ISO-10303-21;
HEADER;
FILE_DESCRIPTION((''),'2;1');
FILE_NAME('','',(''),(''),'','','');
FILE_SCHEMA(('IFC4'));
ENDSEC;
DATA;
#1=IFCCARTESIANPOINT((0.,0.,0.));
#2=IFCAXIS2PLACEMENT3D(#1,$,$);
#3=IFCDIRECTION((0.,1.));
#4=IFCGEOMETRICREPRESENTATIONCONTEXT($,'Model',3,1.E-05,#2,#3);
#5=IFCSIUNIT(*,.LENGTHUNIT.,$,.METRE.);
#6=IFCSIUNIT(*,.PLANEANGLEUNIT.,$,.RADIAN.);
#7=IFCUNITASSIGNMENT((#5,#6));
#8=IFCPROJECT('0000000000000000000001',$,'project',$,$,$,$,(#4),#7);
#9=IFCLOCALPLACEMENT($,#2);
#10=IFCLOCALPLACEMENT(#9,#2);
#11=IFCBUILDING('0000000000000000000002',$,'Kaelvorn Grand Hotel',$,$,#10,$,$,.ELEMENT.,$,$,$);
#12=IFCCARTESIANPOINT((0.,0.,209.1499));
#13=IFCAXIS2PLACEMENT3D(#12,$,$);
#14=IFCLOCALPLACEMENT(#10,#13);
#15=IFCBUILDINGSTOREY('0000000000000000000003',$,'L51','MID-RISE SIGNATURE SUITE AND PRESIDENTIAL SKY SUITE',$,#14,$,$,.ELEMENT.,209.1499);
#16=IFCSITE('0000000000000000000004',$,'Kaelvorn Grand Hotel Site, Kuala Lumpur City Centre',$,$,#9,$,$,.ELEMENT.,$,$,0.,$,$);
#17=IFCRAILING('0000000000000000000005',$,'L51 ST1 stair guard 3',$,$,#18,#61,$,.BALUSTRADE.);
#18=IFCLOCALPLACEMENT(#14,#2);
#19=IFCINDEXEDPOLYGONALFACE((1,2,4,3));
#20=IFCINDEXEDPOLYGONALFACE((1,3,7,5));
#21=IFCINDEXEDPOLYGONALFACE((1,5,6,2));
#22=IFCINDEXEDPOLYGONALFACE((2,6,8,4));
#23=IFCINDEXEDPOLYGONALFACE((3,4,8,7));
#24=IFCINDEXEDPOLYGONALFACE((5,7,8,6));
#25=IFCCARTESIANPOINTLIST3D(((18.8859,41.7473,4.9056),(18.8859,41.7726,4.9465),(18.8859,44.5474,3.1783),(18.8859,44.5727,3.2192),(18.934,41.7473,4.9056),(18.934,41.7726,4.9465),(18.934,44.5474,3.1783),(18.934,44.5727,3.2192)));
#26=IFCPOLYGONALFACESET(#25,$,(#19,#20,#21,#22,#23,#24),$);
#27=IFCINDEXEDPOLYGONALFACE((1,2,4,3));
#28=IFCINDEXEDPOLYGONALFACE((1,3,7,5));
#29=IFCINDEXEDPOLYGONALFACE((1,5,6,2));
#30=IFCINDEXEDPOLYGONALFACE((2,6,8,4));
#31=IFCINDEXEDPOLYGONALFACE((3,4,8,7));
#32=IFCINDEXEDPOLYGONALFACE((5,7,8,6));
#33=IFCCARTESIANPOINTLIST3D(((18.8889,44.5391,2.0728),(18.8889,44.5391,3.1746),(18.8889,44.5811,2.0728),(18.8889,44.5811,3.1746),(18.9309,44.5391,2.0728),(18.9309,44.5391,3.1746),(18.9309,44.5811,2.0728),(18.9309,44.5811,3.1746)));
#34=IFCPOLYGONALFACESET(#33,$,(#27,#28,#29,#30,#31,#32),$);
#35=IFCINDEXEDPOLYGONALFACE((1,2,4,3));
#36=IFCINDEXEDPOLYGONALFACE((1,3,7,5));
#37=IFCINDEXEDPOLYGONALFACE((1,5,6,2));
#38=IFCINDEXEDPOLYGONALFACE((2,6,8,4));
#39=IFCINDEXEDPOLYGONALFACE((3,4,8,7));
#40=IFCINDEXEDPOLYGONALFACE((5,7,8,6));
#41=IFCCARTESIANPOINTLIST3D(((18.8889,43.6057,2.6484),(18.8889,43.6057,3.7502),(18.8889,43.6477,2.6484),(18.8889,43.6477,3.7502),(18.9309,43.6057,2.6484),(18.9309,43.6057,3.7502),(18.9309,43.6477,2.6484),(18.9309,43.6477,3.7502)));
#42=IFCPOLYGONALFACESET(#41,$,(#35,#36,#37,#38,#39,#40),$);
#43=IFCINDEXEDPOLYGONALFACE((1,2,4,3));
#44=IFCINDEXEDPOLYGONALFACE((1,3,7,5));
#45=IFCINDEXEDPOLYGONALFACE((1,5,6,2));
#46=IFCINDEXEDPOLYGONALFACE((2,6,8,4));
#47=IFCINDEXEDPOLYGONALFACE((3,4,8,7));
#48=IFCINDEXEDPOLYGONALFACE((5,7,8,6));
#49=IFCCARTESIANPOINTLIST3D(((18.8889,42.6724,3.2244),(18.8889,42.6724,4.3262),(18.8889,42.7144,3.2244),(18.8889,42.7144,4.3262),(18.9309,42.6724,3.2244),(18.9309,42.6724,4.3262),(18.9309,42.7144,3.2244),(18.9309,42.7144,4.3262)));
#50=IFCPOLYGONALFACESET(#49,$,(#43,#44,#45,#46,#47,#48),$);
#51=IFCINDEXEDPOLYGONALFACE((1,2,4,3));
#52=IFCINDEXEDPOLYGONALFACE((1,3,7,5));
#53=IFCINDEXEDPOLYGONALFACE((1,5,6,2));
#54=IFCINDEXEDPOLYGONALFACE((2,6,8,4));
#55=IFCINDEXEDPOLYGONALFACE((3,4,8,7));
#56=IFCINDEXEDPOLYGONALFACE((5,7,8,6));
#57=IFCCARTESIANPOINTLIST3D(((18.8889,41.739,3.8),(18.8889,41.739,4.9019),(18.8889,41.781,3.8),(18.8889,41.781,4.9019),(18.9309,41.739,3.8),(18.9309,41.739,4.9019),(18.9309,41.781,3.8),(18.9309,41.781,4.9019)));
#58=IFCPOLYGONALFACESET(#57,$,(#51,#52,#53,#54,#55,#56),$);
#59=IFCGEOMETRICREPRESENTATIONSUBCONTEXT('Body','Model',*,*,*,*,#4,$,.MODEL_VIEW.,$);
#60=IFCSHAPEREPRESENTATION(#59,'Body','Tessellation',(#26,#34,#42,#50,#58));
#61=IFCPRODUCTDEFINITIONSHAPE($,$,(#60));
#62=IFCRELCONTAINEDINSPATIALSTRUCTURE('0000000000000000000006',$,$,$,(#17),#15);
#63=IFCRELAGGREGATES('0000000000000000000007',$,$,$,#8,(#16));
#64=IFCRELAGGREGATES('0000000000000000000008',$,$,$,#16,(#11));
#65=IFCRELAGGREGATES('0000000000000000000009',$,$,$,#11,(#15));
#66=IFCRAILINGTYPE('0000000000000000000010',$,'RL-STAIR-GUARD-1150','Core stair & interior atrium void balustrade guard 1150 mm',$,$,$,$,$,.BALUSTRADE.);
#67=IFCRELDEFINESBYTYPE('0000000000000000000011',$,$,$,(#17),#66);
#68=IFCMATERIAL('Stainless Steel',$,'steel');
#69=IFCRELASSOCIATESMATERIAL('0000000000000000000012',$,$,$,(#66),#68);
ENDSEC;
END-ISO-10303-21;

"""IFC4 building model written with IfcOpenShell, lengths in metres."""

from ifc_helpers import new_model, si_unit, direction, frame, origin, origin_2d, place, context, subcontext, project, spatial, rectangle, extrude, material, type_object, element, save


model = new_model("IFC4")

# Units and contexts
model_context = context("Model", 3, precision=1e-05, world=origin(), true_north=direction((0.0, 1.0)))
body_context = subcontext(model_context, "Body", "Model", "MODEL_VIEW")
ifc_project = project(units=[si_unit("LENGTHUNIT", "METRE"), si_unit("PLANEANGLEUNIT", "RADIAN")], contexts=[model_context])

# Site, building, storey
site_placement = place(None, origin())
site = spatial("IfcSite", under=ifc_project, at=site_placement, Name="Kaelvorn Grand Hotel Site, Kuala Lumpur City Centre", CompositionType="ELEMENT", RefElevation=0.0)
building_placement = place(site_placement, origin())
building = spatial("IfcBuilding", under=site, at=building_placement, Name="Kaelvorn Grand Hotel", CompositionType="ELEMENT")
storey_placement = place(building_placement, frame((0.0, 0.0, 209.1499)))
storey = spatial("IfcBuildingStorey", under=building, at=storey_placement, Name="L51", Description="MID-RISE SIGNATURE SUITE AND PRESIDENTIAL SKY SUITE", CompositionType="ELEMENT", Elevation=209.1499)

# Railing
ifc_material_1 = material(Name="Stainless Steel", Category="steel")
railing_type_1 = type_object("IfcRailingType", Name="RL-STAIR-GUARD-1150", Description="Core stair & interior atrium void balustrade guard 1150 mm", PredefinedType="BALUSTRADE", material=ifc_material_1)
railing_1_placement = place(storey_placement, frame((18.9099, 44.5601, 2.0728)))
element("IfcRailing", 1, at=railing_1_placement, inside=storey, type_object=railing_type_1, Name="L51 ST1 stair guard 3", PredefinedType="BALUSTRADE", context=body_context, shape_type="SweptSolid", body=[
    extrude(rectangle(XDim=0.0481, YDim=0.0481, at=origin_2d()), frame((0.0, 0.0, 1.126), z_axis=(0.0, -0.85109, 0.52502), x_axis=(1.0, 0.0, 0.0)), (0.0, 0.0, 1.0), 3.29),
    extrude(rectangle(XDim=0.042, YDim=0.042, at=origin_2d()), origin(), (0.0, 0.0, 1.0), 1.1018),
    extrude(rectangle(XDim=0.042, YDim=0.042, at=origin_2d()), frame((0.0, -0.9333, 0.5757)), (0.0, 0.0, 1.0), 1.1018),
    extrude(rectangle(XDim=0.042, YDim=0.042, at=origin_2d()), frame((0.0, -1.8667, 1.1516)), (0.0, 0.0, 1.0), 1.1018),
    extrude(rectangle(XDim=0.042, YDim=0.042, at=origin_2d()), frame((0.0, -2.8, 1.7273)), (0.0, 0.0, 1.0), 1.1018),
])

save(model, "model.ifc")
